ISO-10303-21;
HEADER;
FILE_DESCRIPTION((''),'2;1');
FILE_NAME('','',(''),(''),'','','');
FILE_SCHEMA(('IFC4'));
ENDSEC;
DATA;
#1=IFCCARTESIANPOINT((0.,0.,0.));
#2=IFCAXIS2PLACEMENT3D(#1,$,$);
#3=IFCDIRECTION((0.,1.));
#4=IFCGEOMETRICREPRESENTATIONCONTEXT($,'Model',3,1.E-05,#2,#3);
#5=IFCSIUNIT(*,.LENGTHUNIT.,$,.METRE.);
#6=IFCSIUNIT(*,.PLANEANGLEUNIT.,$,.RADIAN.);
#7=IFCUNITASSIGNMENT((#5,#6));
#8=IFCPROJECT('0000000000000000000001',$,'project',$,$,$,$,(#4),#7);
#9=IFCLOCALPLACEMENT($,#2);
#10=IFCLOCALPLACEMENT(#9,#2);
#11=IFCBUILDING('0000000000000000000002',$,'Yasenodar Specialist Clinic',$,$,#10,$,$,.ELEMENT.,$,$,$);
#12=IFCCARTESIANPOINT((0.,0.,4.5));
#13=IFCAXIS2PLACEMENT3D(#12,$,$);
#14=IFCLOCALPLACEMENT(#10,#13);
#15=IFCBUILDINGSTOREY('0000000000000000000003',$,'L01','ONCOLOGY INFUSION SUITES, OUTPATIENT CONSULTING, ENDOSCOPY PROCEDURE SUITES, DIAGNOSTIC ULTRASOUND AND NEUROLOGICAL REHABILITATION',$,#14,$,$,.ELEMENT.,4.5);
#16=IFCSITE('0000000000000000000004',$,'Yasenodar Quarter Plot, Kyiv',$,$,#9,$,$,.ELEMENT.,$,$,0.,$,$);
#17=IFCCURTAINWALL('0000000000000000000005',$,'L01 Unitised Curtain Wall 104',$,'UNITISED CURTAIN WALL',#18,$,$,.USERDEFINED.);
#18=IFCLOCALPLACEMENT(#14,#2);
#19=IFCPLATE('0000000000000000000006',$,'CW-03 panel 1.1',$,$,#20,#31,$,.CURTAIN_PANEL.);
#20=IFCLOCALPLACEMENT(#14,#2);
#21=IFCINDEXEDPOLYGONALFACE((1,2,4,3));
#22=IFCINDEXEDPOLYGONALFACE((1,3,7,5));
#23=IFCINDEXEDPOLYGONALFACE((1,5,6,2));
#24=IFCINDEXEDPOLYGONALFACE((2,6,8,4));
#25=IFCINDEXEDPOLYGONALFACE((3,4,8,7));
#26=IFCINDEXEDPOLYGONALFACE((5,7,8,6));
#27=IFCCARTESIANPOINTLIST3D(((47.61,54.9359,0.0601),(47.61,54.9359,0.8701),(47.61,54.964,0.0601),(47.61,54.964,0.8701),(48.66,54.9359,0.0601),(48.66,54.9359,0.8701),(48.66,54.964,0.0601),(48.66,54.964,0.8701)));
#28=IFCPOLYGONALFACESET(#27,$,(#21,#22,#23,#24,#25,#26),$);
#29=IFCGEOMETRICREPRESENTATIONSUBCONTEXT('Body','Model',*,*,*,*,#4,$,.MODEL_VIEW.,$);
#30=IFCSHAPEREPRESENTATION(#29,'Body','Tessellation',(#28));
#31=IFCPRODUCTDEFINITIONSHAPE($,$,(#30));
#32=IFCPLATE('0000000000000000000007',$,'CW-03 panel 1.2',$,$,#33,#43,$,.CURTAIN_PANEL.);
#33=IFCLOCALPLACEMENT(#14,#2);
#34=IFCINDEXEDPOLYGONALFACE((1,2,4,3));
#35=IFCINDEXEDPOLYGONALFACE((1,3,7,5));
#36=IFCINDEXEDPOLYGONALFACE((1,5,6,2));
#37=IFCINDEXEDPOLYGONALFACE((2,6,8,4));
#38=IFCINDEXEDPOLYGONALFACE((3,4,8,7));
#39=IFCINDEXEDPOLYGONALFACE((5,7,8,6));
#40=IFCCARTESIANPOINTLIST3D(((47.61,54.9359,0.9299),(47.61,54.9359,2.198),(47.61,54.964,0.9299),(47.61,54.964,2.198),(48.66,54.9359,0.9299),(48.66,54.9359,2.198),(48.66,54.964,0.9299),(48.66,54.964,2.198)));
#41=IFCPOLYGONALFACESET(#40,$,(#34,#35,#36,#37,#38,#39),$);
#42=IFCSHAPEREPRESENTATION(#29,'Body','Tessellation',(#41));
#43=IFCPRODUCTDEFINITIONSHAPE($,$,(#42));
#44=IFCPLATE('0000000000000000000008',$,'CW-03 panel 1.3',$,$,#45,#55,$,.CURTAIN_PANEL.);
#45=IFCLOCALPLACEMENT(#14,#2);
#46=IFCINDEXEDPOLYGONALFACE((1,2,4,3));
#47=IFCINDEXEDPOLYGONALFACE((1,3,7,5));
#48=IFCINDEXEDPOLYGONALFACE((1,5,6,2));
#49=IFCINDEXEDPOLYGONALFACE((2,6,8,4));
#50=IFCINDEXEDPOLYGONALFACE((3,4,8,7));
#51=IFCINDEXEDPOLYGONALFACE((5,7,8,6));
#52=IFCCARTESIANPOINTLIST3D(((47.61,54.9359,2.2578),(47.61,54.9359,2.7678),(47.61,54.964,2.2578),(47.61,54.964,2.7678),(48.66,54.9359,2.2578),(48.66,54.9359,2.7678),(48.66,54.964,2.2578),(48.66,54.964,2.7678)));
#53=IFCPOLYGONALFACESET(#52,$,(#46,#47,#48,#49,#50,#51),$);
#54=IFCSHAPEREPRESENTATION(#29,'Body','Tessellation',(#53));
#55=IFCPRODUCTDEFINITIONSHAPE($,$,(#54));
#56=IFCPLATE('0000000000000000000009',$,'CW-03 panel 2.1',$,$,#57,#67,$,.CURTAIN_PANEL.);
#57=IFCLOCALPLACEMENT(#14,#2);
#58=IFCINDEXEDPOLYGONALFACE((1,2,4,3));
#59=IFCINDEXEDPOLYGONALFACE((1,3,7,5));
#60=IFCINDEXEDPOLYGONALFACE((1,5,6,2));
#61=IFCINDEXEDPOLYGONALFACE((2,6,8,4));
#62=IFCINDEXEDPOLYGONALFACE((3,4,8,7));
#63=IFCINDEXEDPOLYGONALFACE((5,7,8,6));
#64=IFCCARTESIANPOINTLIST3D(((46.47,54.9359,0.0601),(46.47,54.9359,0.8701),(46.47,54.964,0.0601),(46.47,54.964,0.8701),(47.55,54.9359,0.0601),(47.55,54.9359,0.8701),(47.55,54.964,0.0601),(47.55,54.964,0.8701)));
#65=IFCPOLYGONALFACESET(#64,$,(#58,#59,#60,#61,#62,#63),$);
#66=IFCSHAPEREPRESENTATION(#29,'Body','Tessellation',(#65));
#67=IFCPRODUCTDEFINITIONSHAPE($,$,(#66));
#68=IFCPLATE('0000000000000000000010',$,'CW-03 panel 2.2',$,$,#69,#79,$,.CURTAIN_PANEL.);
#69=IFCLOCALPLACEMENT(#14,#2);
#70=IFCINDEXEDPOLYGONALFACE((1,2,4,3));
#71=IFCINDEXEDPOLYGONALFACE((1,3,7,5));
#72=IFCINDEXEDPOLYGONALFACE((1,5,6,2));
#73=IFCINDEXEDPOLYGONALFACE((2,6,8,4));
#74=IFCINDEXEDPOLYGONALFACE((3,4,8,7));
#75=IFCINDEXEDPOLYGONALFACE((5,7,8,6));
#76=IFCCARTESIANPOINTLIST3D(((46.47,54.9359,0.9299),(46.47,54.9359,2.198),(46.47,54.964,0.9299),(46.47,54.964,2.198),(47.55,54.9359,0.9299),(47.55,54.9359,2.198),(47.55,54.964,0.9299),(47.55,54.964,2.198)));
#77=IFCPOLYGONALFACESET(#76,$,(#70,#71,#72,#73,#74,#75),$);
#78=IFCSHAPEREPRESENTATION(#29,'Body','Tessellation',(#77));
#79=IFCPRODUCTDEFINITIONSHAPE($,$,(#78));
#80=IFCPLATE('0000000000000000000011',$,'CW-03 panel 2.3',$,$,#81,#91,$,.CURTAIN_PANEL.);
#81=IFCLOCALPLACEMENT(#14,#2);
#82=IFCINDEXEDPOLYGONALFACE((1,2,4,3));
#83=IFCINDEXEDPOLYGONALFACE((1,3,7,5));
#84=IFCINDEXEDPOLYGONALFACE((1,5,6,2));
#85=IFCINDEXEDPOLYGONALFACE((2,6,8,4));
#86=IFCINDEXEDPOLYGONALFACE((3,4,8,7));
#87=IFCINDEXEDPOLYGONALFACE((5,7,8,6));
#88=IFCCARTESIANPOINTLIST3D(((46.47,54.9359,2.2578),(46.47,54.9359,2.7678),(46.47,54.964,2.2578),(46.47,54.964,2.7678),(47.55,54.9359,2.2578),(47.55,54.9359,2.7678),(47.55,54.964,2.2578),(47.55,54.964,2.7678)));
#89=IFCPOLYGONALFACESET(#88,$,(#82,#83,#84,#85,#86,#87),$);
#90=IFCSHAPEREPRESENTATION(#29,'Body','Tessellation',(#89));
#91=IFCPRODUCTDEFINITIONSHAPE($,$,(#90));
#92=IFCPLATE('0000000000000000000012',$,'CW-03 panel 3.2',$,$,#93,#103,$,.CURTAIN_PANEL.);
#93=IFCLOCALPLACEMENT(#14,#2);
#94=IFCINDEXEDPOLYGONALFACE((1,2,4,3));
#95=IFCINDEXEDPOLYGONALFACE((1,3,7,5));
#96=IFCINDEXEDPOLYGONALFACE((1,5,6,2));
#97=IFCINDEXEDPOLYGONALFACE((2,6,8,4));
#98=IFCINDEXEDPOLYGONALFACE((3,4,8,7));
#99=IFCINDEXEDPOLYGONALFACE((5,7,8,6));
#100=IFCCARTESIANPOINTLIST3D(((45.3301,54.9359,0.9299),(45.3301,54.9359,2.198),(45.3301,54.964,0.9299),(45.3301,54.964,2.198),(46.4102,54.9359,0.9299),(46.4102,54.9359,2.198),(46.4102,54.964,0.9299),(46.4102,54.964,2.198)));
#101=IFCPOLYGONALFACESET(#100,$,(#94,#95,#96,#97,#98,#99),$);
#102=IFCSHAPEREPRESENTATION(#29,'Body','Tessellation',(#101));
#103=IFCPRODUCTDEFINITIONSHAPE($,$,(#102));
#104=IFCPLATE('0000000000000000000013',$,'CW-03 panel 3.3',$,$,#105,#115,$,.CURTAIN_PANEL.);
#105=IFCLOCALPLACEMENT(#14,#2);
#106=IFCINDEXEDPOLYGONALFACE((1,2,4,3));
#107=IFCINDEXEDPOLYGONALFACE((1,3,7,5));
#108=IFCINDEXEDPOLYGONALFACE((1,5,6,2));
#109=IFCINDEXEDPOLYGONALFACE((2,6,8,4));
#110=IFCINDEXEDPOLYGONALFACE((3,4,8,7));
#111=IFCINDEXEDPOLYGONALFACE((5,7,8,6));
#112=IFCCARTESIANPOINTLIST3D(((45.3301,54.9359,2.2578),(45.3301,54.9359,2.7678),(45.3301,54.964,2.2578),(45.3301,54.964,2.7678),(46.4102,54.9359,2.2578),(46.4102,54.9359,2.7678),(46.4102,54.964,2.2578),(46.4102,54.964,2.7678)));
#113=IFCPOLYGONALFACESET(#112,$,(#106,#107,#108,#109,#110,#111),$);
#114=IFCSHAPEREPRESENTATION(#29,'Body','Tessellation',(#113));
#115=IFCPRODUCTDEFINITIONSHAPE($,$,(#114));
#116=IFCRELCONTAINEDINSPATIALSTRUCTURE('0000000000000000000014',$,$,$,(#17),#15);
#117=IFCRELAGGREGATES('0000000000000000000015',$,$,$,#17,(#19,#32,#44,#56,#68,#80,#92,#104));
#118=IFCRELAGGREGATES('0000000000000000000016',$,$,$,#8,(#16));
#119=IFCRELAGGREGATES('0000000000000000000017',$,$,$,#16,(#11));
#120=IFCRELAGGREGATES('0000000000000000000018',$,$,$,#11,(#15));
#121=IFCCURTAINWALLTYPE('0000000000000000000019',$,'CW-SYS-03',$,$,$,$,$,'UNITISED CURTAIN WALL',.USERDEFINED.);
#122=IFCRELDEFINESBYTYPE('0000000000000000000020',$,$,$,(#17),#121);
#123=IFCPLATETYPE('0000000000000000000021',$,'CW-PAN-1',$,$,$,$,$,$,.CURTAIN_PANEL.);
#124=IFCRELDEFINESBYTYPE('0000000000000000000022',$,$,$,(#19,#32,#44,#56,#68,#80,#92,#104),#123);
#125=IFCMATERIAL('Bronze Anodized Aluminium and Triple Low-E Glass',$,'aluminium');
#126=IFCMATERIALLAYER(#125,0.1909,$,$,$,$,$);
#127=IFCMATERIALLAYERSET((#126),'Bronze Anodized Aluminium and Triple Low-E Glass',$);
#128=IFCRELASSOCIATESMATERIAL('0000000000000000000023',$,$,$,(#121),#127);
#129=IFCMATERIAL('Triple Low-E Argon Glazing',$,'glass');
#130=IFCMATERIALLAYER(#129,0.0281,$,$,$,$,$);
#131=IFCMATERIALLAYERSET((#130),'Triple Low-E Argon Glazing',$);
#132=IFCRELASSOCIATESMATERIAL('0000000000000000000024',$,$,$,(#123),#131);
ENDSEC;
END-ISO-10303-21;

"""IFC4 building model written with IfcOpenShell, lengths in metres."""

from ifc_helpers import new_model, si_unit, direction, frame, origin, origin_2d, place, context, subcontext, project, spatial, rectangle, extrude, material, layer, layer_set, type_object, element, aggregate, save


model = new_model("IFC4")

# Units and contexts
model_context = context("Model", 3, precision=1e-05, world=origin(), true_north=direction((0.0, 1.0)))
body_context = subcontext(model_context, "Body", "Model", "MODEL_VIEW")
ifc_project = project(units=[si_unit("LENGTHUNIT", "METRE"), si_unit("PLANEANGLEUNIT", "RADIAN")], contexts=[model_context])

# Site, building, storey
site_placement = place(None, origin())
site = spatial("IfcSite", under=ifc_project, at=site_placement, Name="Yasenodar Quarter Plot, Kyiv", CompositionType="ELEMENT", RefElevation=0.0)
building_placement = place(site_placement, origin())
building = spatial("IfcBuilding", under=site, at=building_placement, Name="Yasenodar Specialist Clinic", CompositionType="ELEMENT")
storey_placement = place(building_placement, frame((0.0, 0.0, 4.5)))
storey = spatial("IfcBuildingStorey", under=building, at=storey_placement, Name="L01", Description="ONCOLOGY INFUSION SUITES, OUTPATIENT CONSULTING, ENDOSCOPY PROCEDURE SUITES, DIAGNOSTIC ULTRASOUND AND NEUROLOGICAL REHABILITATION", CompositionType="ELEMENT", Elevation=4.5)

# Curtain wall, plates
ifc_material_1 = material(Name="Bronze Anodized Aluminium and Triple Low-E Glass", Category="aluminium")
ifc_layer_1 = layer(ifc_material_1, 0.1909)
ifc_layer_set_1 = layer_set([ifc_layer_1], Name="Bronze Anodized Aluminium and Triple Low-E Glass")
curtain_wall_type = type_object("IfcCurtainWallType", Name="CW-SYS-03", ElementType="UNITISED CURTAIN WALL", PredefinedType="USERDEFINED", material=ifc_layer_set_1)
curtain_wall_placement = place(storey_placement, origin())
curtain_wall = element("IfcCurtainWall", 1, at=curtain_wall_placement, inside=storey, type_object=curtain_wall_type, Name="L01 Unitised Curtain Wall 104", ObjectType="UNITISED CURTAIN WALL", PredefinedType="USERDEFINED")
ifc_material_2 = material(Name="Triple Low-E Argon Glazing", Category="glass")
ifc_layer_2 = layer(ifc_material_2, 0.0281)
ifc_layer_set_2 = layer_set([ifc_layer_2], Name="Triple Low-E Argon Glazing")
plate_type = type_object("IfcPlateType", Name="CW-PAN-1", PredefinedType="CURTAIN_PANEL", material=ifc_layer_set_2)
plate_1_placement = place(storey_placement, frame((48.135, 54.95, 0.0601), z_axis=(0.0, 0.0, 1.0), x_axis=(-1.0, 0.0, 0.0)))
plate_1 = element("IfcPlate", 2, at=plate_1_placement, type_object=plate_type, Name="CW-03 panel 1.1", PredefinedType="CURTAIN_PANEL", context=body_context, shape_type="SweptSolid", body=[
    extrude(rectangle(XDim=1.05, YDim=0.0281, at=origin_2d()), origin(), (0.0, 0.0, 1.0), 0.8101),
])
plate_2_placement = place(storey_placement, frame((48.135, 54.95, 0.9299), z_axis=(0.0, 0.0, 1.0), x_axis=(-1.0, 0.0, 0.0)))
plate_2 = element("IfcPlate", 3, at=plate_2_placement, type_object=plate_type, Name="CW-03 panel 1.2", PredefinedType="CURTAIN_PANEL", context=body_context, shape_type="SweptSolid", body=[
    extrude(rectangle(XDim=1.05, YDim=0.0281, at=origin_2d()), origin(), (0.0, 0.0, 1.0), 1.2681),
])
plate_3_placement = place(storey_placement, frame((48.135, 54.95, 2.2578), z_axis=(0.0, 0.0, 1.0), x_axis=(-1.0, 0.0, 0.0)))
plate_3 = element("IfcPlate", 4, at=plate_3_placement, type_object=plate_type, Name="CW-03 panel 1.3", PredefinedType="CURTAIN_PANEL", context=body_context, shape_type="SweptSolid", body=[
    extrude(rectangle(XDim=1.05, YDim=0.0281, at=origin_2d()), origin(), (0.0, 0.0, 1.0), 0.51),
])
plate_4_placement = place(storey_placement, frame((47.01, 54.95, 0.0601), z_axis=(0.0, 0.0, 1.0), x_axis=(-1.0, 0.0, 0.0)))
plate_4 = element("IfcPlate", 5, at=plate_4_placement, type_object=plate_type, Name="CW-03 panel 2.1", PredefinedType="CURTAIN_PANEL", context=body_context, shape_type="SweptSolid", body=[
    extrude(rectangle(XDim=1.0801, YDim=0.0281, at=origin_2d()), origin(), (0.0, 0.0, 1.0), 0.8101),
])
plate_5_placement = place(storey_placement, frame((47.01, 54.95, 0.9299), z_axis=(0.0, 0.0, 1.0), x_axis=(-1.0, 0.0, 0.0)))
plate_5 = element("IfcPlate", 6, at=plate_5_placement, type_object=plate_type, Name="CW-03 panel 2.2", PredefinedType="CURTAIN_PANEL", context=body_context, shape_type="SweptSolid", body=[
    extrude(rectangle(XDim=1.0801, YDim=0.0281, at=origin_2d()), origin(), (0.0, 0.0, 1.0), 1.2681),
])
plate_6_placement = place(storey_placement, frame((47.01, 54.95, 2.2578), z_axis=(0.0, 0.0, 1.0), x_axis=(-1.0, 0.0, 0.0)))
plate_6 = element("IfcPlate", 7, at=plate_6_placement, type_object=plate_type, Name="CW-03 panel 2.3", PredefinedType="CURTAIN_PANEL", context=body_context, shape_type="SweptSolid", body=[
    extrude(rectangle(XDim=1.0801, YDim=0.0281, at=origin_2d()), origin(), (0.0, 0.0, 1.0), 0.51),
])
plate_7_placement = place(storey_placement, frame((45.8701, 54.95, 0.9299), z_axis=(0.0, 0.0, 1.0), x_axis=(-1.0, 0.0, 0.0)))
plate_7 = element("IfcPlate", 8, at=plate_7_placement, type_object=plate_type, Name="CW-03 panel 3.2", PredefinedType="CURTAIN_PANEL", context=body_context, shape_type="SweptSolid", body=[
    extrude(rectangle(XDim=1.0801, YDim=0.0281, at=origin_2d()), origin(), (0.0, 0.0, 1.0), 1.2681),
])
plate_8_placement = place(storey_placement, frame((45.8701, 54.95, 2.2578), z_axis=(0.0, 0.0, 1.0), x_axis=(-1.0, 0.0, 0.0)))
plate_8 = element("IfcPlate", 9, at=plate_8_placement, type_object=plate_type, Name="CW-03 panel 3.3", PredefinedType="CURTAIN_PANEL", context=body_context, shape_type="SweptSolid", body=[
    extrude(rectangle(XDim=1.0801, YDim=0.0281, at=origin_2d()), origin(), (0.0, 0.0, 1.0), 0.51),
])
aggregate(curtain_wall, [plate_1, plate_2, plate_3, plate_4, plate_5, plate_6, plate_7, plate_8])

save(model, "model.ifc")
